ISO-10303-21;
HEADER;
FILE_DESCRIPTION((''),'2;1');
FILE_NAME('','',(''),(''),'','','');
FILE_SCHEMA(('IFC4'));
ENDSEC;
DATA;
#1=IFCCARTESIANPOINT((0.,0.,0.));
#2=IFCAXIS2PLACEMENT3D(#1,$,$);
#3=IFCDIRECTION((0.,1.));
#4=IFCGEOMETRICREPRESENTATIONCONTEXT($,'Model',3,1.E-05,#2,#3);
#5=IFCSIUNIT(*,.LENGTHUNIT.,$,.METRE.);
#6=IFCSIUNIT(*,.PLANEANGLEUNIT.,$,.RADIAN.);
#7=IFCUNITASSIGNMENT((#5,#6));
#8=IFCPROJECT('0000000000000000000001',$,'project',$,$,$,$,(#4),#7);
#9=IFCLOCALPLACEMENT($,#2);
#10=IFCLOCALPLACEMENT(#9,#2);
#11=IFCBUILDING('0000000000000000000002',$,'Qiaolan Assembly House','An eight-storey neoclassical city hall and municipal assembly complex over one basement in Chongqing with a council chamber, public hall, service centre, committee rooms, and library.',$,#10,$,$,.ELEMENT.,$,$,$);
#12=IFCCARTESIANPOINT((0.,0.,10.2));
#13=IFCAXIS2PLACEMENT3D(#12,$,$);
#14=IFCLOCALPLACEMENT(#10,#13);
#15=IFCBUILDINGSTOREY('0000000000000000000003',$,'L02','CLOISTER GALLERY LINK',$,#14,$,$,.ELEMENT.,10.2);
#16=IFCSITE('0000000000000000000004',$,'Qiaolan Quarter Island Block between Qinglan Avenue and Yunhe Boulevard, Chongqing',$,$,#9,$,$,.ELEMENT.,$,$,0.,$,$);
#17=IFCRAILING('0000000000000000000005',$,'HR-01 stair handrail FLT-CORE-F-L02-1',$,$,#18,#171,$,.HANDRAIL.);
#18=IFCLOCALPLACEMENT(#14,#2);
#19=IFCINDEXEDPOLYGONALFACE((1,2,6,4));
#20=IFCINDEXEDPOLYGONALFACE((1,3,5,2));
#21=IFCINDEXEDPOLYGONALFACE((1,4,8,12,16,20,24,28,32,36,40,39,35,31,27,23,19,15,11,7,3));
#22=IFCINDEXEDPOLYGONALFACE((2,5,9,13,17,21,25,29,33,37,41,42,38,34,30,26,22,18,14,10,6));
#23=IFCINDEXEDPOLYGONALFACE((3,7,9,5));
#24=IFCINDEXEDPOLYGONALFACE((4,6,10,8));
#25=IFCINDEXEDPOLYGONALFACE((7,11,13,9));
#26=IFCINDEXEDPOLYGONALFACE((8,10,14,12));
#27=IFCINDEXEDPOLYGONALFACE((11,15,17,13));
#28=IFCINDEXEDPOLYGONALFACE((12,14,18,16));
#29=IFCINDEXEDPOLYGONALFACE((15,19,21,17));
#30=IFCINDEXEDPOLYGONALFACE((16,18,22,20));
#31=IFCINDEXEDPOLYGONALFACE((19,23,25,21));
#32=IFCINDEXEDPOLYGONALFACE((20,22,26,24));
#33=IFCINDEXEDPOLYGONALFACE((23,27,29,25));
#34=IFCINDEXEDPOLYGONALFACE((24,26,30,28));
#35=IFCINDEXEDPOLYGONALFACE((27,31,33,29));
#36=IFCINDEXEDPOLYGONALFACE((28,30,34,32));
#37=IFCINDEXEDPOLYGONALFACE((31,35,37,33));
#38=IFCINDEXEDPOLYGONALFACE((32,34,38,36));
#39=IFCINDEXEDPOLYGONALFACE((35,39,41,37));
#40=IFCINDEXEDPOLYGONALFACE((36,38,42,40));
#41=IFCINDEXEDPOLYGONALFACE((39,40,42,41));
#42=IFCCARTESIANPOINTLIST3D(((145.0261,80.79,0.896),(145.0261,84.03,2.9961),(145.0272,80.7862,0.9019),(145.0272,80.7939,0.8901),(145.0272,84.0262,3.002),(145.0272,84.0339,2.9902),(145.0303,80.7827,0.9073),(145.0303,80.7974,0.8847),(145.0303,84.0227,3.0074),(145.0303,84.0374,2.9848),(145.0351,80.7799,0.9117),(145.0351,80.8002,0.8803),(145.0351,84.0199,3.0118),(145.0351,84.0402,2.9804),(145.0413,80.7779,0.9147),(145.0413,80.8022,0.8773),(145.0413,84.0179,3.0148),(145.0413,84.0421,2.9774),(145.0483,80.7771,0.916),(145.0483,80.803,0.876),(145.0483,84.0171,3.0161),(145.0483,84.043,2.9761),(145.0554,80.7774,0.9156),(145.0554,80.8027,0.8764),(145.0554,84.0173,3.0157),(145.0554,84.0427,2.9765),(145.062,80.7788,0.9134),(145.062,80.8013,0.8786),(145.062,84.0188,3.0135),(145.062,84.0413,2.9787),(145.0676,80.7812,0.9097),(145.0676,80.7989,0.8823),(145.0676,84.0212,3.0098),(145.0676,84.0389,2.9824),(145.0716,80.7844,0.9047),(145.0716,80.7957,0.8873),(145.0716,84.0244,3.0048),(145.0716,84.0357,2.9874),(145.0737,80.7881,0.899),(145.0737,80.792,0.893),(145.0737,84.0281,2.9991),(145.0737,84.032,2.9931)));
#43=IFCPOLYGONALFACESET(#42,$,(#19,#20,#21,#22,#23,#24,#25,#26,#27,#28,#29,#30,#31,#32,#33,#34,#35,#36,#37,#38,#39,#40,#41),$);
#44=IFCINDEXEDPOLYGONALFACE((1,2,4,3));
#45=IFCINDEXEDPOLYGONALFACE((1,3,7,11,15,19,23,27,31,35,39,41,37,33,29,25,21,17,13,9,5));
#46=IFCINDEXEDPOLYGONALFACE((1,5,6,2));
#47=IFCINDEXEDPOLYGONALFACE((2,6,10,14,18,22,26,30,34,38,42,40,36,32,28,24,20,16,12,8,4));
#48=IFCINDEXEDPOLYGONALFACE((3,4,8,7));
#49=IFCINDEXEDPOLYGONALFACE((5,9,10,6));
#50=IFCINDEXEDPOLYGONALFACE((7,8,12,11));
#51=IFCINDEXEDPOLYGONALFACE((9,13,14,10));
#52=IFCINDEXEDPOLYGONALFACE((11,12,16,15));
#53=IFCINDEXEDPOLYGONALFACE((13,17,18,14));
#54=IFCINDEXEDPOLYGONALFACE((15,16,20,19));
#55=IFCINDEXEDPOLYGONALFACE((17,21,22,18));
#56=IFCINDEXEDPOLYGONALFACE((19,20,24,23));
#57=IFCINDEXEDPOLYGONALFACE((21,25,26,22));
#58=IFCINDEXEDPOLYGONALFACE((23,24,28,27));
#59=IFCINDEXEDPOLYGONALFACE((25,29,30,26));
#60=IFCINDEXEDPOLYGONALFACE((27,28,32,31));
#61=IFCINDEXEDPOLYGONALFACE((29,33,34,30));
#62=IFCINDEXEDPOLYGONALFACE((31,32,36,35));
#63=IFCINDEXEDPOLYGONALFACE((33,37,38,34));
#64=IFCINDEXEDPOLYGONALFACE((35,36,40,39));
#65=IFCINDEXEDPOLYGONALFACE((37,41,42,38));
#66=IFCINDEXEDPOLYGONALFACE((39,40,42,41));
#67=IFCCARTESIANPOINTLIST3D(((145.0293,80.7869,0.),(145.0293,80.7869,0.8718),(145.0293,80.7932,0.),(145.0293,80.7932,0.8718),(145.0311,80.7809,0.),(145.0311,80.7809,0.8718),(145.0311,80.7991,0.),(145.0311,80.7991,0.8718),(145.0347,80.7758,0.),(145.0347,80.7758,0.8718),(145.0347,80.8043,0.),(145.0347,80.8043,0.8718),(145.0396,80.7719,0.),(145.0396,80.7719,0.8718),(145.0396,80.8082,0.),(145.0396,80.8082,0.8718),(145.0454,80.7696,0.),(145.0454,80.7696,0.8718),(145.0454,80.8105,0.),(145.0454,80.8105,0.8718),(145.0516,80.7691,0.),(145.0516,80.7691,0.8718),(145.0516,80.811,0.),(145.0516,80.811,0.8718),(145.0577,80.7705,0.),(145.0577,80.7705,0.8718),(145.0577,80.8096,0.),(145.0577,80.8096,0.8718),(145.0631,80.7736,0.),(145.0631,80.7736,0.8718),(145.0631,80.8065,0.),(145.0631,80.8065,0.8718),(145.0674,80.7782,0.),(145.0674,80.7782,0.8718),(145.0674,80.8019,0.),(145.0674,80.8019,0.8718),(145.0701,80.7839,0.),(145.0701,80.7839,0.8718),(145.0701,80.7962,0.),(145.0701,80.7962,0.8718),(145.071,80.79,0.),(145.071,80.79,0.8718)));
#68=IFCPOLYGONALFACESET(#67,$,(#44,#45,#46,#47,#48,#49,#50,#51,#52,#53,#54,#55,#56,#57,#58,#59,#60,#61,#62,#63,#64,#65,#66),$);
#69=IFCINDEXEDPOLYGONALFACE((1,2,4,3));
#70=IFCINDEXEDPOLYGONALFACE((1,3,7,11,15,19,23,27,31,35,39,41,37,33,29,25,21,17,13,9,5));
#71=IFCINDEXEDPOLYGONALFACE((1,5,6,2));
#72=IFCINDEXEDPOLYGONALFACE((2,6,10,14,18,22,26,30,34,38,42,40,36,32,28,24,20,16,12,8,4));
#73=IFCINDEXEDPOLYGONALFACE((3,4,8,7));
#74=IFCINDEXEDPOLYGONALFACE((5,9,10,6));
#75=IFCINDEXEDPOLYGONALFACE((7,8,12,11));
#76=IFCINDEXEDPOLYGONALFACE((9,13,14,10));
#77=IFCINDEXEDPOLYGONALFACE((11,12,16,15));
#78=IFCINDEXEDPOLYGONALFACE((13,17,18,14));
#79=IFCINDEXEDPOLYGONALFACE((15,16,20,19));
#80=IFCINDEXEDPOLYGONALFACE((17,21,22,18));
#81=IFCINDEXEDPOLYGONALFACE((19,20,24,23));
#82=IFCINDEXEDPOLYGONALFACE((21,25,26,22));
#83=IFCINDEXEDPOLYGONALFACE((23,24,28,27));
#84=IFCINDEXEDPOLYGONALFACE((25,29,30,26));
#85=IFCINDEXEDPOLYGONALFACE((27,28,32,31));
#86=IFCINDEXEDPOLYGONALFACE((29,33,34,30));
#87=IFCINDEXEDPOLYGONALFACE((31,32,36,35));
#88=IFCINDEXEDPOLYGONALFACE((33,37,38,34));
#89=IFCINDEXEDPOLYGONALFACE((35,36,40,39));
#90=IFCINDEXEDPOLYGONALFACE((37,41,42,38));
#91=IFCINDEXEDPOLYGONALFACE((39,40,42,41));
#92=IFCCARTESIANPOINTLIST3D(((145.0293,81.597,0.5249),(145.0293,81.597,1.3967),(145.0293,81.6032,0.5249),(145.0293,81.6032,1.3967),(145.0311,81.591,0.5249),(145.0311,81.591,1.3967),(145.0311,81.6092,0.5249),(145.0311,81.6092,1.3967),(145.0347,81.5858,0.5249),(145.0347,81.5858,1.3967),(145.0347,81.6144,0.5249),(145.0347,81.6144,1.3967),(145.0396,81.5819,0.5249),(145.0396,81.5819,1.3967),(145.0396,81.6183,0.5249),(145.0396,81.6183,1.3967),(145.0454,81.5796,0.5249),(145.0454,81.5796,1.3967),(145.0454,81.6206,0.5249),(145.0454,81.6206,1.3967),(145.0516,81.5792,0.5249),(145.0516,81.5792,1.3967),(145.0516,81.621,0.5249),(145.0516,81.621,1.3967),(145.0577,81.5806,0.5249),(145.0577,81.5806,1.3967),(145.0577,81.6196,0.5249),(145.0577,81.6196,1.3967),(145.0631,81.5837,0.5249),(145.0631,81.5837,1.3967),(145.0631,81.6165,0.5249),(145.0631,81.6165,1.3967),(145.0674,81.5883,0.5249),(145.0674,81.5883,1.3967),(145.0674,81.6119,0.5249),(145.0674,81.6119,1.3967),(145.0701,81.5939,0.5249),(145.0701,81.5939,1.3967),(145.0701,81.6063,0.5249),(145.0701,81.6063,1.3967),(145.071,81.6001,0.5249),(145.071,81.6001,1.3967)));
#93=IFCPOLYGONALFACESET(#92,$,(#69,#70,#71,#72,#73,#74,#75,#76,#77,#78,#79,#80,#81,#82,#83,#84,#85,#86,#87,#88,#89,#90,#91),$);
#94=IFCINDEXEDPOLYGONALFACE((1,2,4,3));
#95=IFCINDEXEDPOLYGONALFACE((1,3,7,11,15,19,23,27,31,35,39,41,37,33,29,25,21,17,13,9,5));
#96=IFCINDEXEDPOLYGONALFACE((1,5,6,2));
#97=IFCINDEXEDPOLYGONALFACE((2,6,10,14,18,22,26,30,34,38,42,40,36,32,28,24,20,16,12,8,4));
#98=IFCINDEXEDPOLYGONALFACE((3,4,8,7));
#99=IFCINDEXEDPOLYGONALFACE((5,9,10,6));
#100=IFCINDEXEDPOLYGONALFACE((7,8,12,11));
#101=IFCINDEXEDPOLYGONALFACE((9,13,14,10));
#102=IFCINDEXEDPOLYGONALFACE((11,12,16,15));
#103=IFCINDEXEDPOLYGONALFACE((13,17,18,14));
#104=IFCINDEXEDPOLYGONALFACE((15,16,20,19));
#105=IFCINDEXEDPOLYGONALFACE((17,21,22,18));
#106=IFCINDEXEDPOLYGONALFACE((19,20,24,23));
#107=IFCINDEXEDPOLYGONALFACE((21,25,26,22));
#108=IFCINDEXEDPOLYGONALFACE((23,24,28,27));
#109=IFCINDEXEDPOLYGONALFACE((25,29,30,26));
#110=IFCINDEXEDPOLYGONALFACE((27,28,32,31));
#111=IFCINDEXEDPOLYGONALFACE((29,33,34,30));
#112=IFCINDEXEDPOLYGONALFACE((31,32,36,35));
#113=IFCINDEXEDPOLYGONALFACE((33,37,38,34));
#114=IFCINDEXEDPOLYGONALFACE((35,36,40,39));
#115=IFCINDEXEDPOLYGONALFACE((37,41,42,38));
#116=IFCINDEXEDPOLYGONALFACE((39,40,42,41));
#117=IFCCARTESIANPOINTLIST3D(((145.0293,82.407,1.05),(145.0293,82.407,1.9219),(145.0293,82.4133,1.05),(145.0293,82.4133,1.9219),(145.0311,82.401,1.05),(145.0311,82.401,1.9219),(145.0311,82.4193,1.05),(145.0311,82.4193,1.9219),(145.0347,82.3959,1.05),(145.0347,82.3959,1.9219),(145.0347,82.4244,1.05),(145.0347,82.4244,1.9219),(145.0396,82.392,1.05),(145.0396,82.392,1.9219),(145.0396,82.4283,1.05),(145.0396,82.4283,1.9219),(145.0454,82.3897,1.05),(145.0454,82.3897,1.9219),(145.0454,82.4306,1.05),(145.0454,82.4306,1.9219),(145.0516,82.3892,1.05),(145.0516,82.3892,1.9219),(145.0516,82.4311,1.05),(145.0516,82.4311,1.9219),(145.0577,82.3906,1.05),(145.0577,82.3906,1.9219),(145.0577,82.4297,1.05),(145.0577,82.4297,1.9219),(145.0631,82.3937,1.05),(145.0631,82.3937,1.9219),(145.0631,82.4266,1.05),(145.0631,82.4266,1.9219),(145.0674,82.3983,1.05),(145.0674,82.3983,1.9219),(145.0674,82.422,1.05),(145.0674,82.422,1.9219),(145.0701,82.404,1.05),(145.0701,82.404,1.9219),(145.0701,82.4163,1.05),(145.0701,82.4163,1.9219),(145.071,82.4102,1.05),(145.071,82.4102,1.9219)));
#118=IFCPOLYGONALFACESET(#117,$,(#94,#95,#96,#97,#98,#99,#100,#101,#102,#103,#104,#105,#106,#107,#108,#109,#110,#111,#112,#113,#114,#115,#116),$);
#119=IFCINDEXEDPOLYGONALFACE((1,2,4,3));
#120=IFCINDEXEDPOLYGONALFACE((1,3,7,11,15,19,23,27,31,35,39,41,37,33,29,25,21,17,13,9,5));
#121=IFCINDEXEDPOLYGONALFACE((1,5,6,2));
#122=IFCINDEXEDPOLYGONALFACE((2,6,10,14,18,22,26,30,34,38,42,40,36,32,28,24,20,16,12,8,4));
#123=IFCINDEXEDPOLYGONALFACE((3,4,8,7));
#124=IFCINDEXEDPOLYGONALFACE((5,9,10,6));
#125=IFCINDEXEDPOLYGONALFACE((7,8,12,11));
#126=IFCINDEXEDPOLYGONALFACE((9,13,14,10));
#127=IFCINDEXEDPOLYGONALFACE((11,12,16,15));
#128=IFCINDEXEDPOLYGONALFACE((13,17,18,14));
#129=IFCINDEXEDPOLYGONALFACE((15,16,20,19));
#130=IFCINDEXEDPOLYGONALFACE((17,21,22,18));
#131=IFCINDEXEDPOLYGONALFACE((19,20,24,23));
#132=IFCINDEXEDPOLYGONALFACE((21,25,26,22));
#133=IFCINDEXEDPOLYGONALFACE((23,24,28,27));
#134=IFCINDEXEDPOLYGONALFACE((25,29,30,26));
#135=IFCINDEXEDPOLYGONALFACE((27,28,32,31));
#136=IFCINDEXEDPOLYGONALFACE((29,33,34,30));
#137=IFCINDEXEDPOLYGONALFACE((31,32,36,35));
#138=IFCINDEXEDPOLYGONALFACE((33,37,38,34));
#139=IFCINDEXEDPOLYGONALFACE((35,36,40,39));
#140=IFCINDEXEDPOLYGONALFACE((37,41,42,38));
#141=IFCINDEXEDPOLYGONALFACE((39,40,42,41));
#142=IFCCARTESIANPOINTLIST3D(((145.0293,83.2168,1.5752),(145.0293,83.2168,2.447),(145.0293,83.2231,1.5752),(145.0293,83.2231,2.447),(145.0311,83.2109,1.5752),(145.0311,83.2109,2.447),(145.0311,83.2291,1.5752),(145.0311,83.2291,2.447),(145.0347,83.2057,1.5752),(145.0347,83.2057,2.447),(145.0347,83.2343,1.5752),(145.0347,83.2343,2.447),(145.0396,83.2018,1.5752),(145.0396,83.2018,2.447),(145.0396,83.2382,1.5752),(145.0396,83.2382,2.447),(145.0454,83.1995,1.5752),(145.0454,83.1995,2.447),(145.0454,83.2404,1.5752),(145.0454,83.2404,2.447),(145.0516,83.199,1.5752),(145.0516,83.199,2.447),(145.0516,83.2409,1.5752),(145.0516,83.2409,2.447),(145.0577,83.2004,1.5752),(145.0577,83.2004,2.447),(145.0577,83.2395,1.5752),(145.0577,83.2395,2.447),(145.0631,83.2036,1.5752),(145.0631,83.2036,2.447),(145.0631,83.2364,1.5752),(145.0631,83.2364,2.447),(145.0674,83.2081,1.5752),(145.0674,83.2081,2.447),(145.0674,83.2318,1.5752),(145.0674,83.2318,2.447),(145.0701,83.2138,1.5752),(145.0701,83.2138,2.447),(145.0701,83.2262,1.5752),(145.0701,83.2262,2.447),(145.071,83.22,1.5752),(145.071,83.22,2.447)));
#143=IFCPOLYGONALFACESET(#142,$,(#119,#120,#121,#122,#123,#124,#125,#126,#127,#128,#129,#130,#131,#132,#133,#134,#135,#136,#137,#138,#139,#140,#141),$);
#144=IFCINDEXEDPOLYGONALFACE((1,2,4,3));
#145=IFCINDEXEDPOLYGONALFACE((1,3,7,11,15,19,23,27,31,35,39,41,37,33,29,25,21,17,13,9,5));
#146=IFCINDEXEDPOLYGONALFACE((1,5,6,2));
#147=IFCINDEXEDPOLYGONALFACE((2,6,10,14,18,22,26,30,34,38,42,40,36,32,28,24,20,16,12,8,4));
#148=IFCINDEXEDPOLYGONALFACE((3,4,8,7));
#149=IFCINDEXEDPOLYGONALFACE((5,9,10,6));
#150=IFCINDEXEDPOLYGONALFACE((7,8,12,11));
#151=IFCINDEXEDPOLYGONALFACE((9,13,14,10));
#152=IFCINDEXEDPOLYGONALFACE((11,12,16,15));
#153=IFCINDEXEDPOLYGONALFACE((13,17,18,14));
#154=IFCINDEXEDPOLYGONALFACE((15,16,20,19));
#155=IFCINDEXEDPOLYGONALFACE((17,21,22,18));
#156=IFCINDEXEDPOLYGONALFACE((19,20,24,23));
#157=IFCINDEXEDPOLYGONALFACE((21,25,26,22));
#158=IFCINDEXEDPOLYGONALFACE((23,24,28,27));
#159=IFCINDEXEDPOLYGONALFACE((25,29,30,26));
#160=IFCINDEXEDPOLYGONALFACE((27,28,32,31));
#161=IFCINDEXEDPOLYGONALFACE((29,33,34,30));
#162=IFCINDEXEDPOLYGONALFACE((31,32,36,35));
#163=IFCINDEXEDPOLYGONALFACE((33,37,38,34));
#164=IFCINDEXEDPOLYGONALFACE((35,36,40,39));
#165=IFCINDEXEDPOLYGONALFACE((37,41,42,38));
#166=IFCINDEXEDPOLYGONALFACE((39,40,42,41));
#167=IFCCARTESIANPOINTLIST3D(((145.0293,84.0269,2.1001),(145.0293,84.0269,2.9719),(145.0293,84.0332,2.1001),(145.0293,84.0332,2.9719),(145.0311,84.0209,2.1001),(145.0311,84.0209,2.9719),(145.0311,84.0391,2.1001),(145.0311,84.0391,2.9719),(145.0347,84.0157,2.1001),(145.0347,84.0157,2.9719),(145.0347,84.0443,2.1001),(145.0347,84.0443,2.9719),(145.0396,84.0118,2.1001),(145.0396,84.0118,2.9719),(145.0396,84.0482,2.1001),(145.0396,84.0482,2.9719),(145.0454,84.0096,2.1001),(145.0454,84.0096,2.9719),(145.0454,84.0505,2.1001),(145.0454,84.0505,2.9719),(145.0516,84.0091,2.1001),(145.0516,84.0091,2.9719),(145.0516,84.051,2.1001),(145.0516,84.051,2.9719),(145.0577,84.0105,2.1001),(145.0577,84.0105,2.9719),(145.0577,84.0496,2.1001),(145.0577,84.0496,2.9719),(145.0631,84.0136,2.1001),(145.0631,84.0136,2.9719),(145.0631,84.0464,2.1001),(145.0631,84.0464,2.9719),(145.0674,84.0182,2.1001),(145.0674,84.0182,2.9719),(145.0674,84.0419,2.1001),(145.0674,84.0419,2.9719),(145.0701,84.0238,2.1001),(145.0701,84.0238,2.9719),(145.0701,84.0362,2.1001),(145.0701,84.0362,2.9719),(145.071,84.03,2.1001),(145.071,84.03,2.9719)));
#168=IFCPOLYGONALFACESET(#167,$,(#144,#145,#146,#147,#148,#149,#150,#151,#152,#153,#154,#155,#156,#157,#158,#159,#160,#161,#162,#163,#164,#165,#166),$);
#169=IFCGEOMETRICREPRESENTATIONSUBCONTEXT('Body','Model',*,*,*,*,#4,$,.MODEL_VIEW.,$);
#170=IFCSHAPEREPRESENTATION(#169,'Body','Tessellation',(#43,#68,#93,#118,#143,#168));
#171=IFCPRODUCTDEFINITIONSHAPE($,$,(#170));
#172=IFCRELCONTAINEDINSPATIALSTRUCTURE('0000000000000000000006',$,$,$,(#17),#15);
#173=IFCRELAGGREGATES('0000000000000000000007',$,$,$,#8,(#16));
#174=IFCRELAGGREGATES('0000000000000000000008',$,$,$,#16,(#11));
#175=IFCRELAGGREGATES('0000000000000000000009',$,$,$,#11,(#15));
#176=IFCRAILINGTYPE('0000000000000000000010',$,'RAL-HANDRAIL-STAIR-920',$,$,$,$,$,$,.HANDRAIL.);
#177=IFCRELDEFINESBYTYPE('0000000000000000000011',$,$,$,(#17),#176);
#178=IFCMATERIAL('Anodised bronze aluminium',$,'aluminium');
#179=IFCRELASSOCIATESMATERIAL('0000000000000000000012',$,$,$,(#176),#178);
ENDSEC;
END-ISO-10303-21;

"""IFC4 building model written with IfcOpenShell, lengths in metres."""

from ifc_helpers import new_model, si_unit, direction, frame, origin, origin_2d, place, context, subcontext, project, spatial, circle, extrude, material, type_object, element, save


model = new_model("IFC4")

# Units and contexts
model_context = context("Model", 3, precision=1e-05, world=origin(), true_north=direction((0.0, 1.0)))
body_context = subcontext(model_context, "Body", "Model", "MODEL_VIEW")
ifc_project = project(units=[si_unit("LENGTHUNIT", "METRE"), si_unit("PLANEANGLEUNIT", "RADIAN")], contexts=[model_context])

# Site, building, storey
site_placement = place(None, origin())
site = spatial("IfcSite", under=ifc_project, at=site_placement, Name="Qiaolan Quarter Island Block between Qinglan Avenue and Yunhe Boulevard, Chongqing", CompositionType="ELEMENT", RefElevation=0.0)
building_placement = place(site_placement, origin())
building = spatial("IfcBuilding", under=site, at=building_placement, Name="Qiaolan Assembly House", Description="An eight-storey neoclassical city hall and municipal assembly complex over one basement in Chongqing with a council chamber, public hall, service centre, committee rooms, and library.", CompositionType="ELEMENT")
storey_placement = place(building_placement, frame((0.0, 0.0, 10.2)))
storey = spatial("IfcBuildingStorey", under=building, at=storey_placement, Name="L02", Description="CLOISTER GALLERY LINK", CompositionType="ELEMENT", Elevation=10.2)

# Shared definitions
ifc_material_1 = material(Name="Anodised bronze aluminium", Category="aluminium")

# Railing
railing_type_1 = type_object("IfcRailingType", Name="RAL-HANDRAIL-STAIR-920", PredefinedType="HANDRAIL", material=ifc_material_1)
railing_1_placement = place(storey_placement, frame((145.05, 80.79, 0.0)))
element("IfcRailing", 1, at=railing_1_placement, inside=storey, type_object=railing_type_1, Name="HR-01 stair handrail FLT-CORE-F-L02-1", PredefinedType="HANDRAIL", context=body_context, shape_type="SweptSolid", body=[
    extrude(circle(Radius=0.0239, at=origin_2d()), frame((0.0, 0.0, 0.896), z_axis=(0.0, 0.839141, 0.543914), x_axis=(-1.0, 0.0, 0.0)), (0.0, 0.0, 1.0), 3.8611),
    extrude(circle(Radius=0.021, at=origin_2d()), origin(), (0.0, 0.0, 1.0), 0.8718),
    extrude(circle(Radius=0.021, at=origin_2d()), frame((0.0, 0.8101, 0.5249)), (0.0, 0.0, 1.0), 0.8718),
    extrude(circle(Radius=0.021, at=origin_2d()), frame((0.0, 1.6201, 1.05)), (0.0, 0.0, 1.0), 0.8718),
    extrude(circle(Radius=0.021, at=origin_2d()), frame((0.0, 2.4299, 1.5752)), (0.0, 0.0, 1.0), 0.8718),
    extrude(circle(Radius=0.021, at=origin_2d()), frame((0.0, 3.24, 2.1001)), (0.0, 0.0, 1.0), 0.8718),
])

save(model, "model.ifc")
